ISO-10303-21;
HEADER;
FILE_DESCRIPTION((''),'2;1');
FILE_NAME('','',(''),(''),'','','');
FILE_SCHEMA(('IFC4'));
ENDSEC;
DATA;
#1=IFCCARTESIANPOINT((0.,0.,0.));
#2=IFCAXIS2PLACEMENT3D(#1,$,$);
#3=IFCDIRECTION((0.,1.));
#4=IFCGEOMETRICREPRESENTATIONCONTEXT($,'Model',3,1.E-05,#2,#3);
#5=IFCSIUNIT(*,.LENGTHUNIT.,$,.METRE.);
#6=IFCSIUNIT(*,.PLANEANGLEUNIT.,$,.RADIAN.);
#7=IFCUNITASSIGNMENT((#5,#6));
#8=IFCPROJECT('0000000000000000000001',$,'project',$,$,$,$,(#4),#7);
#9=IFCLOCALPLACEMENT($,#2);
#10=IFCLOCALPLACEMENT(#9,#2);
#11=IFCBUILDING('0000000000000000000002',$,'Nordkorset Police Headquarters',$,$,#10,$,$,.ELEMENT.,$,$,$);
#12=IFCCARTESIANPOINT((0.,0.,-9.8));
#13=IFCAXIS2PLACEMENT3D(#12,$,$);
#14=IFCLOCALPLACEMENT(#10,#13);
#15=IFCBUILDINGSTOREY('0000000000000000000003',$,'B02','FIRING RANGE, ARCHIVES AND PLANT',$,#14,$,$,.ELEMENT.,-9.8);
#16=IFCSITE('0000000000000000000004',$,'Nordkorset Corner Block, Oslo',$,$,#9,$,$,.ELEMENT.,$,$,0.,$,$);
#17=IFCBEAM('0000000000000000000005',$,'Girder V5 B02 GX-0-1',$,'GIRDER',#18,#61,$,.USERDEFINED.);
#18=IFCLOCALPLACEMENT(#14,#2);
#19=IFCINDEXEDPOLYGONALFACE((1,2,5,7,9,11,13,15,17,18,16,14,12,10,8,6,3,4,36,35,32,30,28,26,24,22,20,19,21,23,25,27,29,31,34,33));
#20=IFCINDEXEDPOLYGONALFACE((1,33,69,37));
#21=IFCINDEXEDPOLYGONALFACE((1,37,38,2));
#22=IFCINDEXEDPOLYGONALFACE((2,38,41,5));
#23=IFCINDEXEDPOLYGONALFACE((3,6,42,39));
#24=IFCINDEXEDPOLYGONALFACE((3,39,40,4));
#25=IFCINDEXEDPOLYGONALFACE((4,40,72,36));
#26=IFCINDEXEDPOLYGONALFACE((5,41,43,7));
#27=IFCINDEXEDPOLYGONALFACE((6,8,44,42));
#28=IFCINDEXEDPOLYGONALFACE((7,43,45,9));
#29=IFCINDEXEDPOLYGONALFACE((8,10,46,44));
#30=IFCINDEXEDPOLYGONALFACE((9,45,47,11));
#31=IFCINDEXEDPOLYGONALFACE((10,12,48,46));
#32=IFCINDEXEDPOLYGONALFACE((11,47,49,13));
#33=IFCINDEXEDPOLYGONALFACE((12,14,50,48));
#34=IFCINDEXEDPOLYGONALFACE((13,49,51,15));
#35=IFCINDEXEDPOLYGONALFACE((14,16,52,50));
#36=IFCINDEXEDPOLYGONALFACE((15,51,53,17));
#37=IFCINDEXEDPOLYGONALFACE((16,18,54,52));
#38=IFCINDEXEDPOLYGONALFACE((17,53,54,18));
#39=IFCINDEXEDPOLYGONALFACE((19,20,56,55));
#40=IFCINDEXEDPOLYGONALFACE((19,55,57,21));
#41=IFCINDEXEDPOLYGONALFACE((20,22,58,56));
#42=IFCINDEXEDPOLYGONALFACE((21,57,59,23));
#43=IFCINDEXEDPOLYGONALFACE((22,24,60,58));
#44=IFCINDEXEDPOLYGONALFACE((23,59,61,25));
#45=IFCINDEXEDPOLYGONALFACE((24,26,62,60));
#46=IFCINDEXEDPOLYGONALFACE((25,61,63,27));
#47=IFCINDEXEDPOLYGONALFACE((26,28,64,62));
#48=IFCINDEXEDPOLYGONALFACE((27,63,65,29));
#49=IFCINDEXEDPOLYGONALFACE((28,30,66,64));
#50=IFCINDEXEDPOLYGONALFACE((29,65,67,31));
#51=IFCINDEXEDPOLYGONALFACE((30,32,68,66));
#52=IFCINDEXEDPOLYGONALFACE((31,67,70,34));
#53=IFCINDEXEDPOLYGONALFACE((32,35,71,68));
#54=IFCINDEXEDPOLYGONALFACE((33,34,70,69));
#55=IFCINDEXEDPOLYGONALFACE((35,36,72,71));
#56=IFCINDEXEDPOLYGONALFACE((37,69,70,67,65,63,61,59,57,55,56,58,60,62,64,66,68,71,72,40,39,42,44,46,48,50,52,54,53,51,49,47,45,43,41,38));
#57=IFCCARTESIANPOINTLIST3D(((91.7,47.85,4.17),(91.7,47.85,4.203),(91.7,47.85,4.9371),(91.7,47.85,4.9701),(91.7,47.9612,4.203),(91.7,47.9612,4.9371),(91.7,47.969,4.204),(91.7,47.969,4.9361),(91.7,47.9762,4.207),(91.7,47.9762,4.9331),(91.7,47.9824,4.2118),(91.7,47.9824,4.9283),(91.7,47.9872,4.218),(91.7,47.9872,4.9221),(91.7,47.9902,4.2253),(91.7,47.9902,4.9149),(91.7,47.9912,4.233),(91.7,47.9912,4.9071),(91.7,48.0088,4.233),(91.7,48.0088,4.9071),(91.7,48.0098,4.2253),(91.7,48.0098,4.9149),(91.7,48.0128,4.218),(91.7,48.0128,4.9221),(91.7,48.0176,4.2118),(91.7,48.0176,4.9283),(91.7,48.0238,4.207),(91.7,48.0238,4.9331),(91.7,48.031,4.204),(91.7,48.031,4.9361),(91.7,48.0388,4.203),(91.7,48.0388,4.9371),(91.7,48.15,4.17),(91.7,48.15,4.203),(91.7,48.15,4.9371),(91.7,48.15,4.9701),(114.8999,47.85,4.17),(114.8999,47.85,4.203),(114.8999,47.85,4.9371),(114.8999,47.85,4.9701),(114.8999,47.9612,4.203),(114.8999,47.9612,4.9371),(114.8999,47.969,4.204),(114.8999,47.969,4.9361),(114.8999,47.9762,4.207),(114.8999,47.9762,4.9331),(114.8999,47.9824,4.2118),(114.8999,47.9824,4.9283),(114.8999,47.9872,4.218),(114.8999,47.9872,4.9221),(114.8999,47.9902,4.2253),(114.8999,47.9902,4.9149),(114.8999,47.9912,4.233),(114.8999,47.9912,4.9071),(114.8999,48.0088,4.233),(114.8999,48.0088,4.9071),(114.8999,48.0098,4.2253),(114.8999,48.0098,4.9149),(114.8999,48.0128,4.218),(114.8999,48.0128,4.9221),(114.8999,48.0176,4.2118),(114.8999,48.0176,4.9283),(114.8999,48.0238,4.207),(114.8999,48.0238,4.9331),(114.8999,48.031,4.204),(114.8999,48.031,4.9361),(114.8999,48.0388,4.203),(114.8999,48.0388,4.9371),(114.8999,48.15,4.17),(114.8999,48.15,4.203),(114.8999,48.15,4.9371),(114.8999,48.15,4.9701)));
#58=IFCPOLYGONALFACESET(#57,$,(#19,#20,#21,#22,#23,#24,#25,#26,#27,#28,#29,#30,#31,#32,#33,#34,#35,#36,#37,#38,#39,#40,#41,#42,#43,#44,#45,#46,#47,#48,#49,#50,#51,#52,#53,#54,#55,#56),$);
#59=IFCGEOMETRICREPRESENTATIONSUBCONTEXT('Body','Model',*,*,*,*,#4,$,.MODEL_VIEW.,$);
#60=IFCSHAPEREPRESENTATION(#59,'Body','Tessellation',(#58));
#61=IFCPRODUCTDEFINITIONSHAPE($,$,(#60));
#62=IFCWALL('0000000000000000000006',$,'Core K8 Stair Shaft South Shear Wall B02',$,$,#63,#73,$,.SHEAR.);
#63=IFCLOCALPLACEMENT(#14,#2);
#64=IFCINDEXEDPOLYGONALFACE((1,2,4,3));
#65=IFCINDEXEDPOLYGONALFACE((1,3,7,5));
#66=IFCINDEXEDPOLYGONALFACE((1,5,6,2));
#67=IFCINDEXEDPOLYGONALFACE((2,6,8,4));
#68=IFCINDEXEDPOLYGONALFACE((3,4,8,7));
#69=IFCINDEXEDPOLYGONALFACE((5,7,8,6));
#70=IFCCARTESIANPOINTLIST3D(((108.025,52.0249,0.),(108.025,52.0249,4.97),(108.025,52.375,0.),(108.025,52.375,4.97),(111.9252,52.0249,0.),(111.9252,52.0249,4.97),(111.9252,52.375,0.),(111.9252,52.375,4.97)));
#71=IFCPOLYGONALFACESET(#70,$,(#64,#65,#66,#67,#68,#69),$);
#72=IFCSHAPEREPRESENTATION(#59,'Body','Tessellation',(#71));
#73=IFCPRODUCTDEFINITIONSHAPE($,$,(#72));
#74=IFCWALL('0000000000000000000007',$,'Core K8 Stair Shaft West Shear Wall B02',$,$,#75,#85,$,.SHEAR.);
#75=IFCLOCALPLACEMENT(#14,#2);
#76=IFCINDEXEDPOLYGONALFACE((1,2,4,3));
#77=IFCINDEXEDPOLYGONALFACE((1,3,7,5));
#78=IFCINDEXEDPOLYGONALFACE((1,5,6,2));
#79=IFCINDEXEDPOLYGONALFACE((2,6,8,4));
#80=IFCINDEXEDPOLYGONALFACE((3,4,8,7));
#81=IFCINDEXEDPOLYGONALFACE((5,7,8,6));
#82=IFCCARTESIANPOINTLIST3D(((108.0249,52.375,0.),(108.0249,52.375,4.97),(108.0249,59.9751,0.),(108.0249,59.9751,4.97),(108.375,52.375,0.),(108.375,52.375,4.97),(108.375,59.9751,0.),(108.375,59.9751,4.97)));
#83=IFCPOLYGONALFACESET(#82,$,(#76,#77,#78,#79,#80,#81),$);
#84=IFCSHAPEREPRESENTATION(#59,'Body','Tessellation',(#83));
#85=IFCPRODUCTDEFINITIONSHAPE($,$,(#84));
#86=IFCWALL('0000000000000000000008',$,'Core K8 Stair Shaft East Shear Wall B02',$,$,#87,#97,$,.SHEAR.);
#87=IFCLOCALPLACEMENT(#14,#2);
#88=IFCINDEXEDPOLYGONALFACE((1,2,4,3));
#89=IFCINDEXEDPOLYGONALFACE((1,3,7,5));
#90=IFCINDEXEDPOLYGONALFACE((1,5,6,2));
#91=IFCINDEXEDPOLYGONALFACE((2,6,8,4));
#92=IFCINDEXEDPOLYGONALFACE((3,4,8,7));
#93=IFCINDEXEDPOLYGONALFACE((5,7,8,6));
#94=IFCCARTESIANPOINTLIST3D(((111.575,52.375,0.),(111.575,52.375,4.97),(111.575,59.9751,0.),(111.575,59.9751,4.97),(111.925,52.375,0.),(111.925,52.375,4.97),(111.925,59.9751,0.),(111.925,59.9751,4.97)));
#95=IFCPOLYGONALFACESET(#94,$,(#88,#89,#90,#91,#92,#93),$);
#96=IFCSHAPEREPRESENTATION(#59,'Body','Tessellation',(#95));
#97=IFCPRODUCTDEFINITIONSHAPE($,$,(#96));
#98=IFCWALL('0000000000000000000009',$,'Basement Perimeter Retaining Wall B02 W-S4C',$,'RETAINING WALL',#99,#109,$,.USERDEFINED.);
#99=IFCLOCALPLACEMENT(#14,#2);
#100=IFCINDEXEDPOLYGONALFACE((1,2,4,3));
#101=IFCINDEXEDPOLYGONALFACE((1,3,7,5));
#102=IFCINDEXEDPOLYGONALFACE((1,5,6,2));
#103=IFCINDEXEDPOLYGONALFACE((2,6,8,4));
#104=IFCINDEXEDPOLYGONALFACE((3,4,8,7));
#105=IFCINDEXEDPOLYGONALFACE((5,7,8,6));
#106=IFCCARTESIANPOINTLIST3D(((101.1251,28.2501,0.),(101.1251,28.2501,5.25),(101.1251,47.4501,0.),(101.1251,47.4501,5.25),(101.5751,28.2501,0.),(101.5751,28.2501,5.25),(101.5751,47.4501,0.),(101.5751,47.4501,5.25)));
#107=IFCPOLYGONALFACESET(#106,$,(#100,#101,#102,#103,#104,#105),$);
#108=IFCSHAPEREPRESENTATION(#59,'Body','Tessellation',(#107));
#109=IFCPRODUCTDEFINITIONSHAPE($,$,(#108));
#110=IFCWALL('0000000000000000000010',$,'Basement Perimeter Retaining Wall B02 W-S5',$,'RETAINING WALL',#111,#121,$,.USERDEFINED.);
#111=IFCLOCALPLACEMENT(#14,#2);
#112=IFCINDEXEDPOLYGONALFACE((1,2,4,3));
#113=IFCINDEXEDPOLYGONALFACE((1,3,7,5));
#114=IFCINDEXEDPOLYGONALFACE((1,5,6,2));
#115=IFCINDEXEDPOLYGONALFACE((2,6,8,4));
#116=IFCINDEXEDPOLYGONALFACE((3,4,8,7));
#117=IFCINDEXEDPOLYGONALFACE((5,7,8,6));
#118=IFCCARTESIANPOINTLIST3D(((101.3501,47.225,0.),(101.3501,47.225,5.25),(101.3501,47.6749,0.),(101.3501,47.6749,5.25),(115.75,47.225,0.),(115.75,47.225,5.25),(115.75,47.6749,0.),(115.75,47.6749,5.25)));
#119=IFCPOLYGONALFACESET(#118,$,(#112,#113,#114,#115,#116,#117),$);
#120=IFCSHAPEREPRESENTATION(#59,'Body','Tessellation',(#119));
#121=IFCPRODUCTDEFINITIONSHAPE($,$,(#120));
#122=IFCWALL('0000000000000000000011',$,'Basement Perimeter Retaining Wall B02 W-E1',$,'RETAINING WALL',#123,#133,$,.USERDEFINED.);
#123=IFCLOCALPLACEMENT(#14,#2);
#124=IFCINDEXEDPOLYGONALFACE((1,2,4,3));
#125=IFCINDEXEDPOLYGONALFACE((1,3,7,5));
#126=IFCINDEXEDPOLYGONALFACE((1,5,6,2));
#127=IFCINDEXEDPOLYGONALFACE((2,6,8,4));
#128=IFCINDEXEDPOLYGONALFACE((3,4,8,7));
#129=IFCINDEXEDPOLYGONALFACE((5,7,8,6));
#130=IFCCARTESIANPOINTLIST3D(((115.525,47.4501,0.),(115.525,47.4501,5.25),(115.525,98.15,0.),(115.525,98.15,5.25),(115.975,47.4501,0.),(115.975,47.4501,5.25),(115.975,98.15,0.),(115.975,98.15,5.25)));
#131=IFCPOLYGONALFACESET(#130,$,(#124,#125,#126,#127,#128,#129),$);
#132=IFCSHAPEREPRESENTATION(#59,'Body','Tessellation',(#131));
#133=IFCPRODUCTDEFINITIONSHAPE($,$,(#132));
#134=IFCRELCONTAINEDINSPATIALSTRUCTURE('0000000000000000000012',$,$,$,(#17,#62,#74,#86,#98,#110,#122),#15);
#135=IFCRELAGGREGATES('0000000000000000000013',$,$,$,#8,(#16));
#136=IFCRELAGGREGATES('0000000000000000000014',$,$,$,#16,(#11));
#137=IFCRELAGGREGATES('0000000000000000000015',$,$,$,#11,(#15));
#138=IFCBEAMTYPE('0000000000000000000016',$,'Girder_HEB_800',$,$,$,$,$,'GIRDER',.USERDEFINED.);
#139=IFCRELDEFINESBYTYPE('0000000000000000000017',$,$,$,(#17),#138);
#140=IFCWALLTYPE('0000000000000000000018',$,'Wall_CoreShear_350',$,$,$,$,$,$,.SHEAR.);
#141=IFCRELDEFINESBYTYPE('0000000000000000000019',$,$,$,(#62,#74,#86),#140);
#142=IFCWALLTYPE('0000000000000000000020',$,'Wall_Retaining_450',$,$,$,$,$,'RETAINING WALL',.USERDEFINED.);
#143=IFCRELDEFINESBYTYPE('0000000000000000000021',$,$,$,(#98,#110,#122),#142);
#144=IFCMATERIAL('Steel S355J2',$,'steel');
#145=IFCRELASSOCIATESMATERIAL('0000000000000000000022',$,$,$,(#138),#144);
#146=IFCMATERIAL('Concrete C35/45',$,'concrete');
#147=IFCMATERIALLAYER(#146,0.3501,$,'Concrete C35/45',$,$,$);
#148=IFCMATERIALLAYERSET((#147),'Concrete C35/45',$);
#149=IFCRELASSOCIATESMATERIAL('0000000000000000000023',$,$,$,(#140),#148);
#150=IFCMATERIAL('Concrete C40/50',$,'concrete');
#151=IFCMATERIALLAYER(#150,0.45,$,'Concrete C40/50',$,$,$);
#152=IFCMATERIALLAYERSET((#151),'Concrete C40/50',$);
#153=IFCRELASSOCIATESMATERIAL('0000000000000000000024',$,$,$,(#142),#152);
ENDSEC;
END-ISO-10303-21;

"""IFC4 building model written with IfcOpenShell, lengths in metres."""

from ifc_helpers import new_model, si_unit, direction, frame, frame_2d, origin, origin_2d, place, context, subcontext, project, spatial, rectangle, i_section, extrude, material, layer, layer_set, material_profile, profile_set, type_object, element, save


model = new_model("IFC4")

# Units and contexts
model_context = context("Model", 3, precision=1e-05, world=origin(), true_north=direction((0.0, 1.0)))
body_context = subcontext(model_context, "Body", "Model", "MODEL_VIEW")
ifc_project = project(units=[si_unit("LENGTHUNIT", "METRE"), si_unit("PLANEANGLEUNIT", "RADIAN")], contexts=[model_context])

# Site, building, storey
site_placement = place(None, origin())
site = spatial("IfcSite", under=ifc_project, at=site_placement, Name="Nordkorset Corner Block, Oslo", CompositionType="ELEMENT", RefElevation=0.0)
building_placement = place(site_placement, origin())
building = spatial("IfcBuilding", under=site, at=building_placement, Name="Nordkorset Police Headquarters", CompositionType="ELEMENT")
storey_placement = place(building_placement, frame((0.0, 0.0, -9.8)))
storey = spatial("IfcBuildingStorey", under=building, at=storey_placement, Name="B02", Description="FIRING RANGE, ARCHIVES AND PLANT", CompositionType="ELEMENT", Elevation=-9.8)

# Beam
ifc_material_1 = material(Name="Steel S355J2", Category="steel")
ifc_material_profile_1 = material_profile(ifc_material_1, i_section(OverallWidth=0.3, OverallDepth=0.8, WebThickness=0.0176, FlangeThickness=0.033, FilletRadius=0.03, at=origin_2d()), Name="HEB 800")
ifc_profile_set_1 = profile_set([ifc_material_profile_1], Name="Steel S355J2")
beam_type_1 = type_object("IfcBeamType", Name="Girder_HEB_800", ElementType="GIRDER", PredefinedType="USERDEFINED", material=ifc_profile_set_1)
beam_1_placement = place(storey_placement, frame((91.7, 48.0, 4.5701), z_axis=(1.0, 0.0, 0.0), x_axis=(0.0, 1.0, 0.0)))
element("IfcBeam", 1, at=beam_1_placement, inside=storey, type_object=beam_type_1, Name="Girder V5 B02 GX-0-1", ObjectType="GIRDER", PredefinedType="USERDEFINED", context=body_context, shape_type="SweptSolid", body=[
    extrude(i_section(OverallWidth=0.3, OverallDepth=0.8, WebThickness=0.0176, FlangeThickness=0.033, FilletRadius=0.03, at=origin_2d()), origin(), (0.0, 0.0, 1.0), 23.2),
])

# Walls
ifc_material_2 = material(Name="Concrete C35/45", Category="concrete")
ifc_layer_1 = layer(ifc_material_2, 0.3501, Name="Concrete C35/45")
ifc_layer_set_1 = layer_set([ifc_layer_1], Name="Concrete C35/45")
wall_type_1 = type_object("IfcWallType", Name="Wall_CoreShear_350", PredefinedType="SHEAR", material=ifc_layer_set_1)
wall_1_placement = place(storey_placement, frame((108.0249, 52.2, 0.0), z_axis=(0.0, 0.0, 1.0), x_axis=(1.0, 0.0, 0.0)))
element("IfcWall", 2, at=wall_1_placement, inside=storey, type_object=wall_type_1, Name="Core K8 Stair Shaft South Shear Wall B02", PredefinedType="SHEAR", context=body_context, shape_type="SweptSolid", body=[
    extrude(rectangle(XDim=3.9001, YDim=0.3501, at=frame_2d((1.9502, 0.0))), origin(), (0.0, 0.0, 1.0), 4.97),
])
for number, where, z_axis, x_axis, name in (
    (3, (108.2, 52.375, 0.0), (0.0, 0.0, 1.0), (0.0, 1.0, 0.0), "Core K8 Stair Shaft West Shear Wall B02"),
    (4, (111.75, 52.375, 0.0), (0.0, 0.0, 1.0), (0.0, 1.0, 0.0), "Core K8 Stair Shaft East Shear Wall B02"),
):
    element("IfcWall", number, at=place(storey_placement, frame(where, z_axis=z_axis, x_axis=x_axis)), inside=storey, type_object=wall_type_1, Name=name, PredefinedType="SHEAR", context=body_context, shape_type="SweptSolid", body=[
        extrude(rectangle(XDim=7.6001, YDim=0.3501, at=frame_2d((3.8, 0.0))), origin(), (0.0, 0.0, 1.0), 4.97),
    ])
ifc_material_3 = material(Name="Concrete C40/50", Category="concrete")
ifc_layer_2 = layer(ifc_material_3, 0.45, Name="Concrete C40/50")
ifc_layer_set_2 = layer_set([ifc_layer_2], Name="Concrete C40/50")
wall_type_2 = type_object("IfcWallType", Name="Wall_Retaining_450", ElementType="RETAINING WALL", PredefinedType="USERDEFINED", material=ifc_layer_set_2)
wall_2_placement = place(storey_placement, frame((101.3501, 28.25, 0.0), z_axis=(0.0, 0.0, 1.0), x_axis=(0.0, 1.0, 0.0)))
element("IfcWall", 5, at=wall_2_placement, inside=storey, type_object=wall_type_2, Name="Basement Perimeter Retaining Wall B02 W-S4C", ObjectType="RETAINING WALL", PredefinedType="USERDEFINED", context=body_context, shape_type="SweptSolid", body=[
    extrude(rectangle(XDim=19.2, YDim=0.45, at=frame_2d((9.6001, 0.0))), origin(), (0.0, 0.0, 1.0), 5.25),
])
wall_3_placement = place(storey_placement, frame((101.3501, 47.45, 0.0), z_axis=(0.0, 0.0, 1.0), x_axis=(1.0, 0.0, 0.0)))
element("IfcWall", 6, at=wall_3_placement, inside=storey, type_object=wall_type_2, Name="Basement Perimeter Retaining Wall B02 W-S5", ObjectType="RETAINING WALL", PredefinedType="USERDEFINED", context=body_context, shape_type="SweptSolid", body=[
    extrude(rectangle(XDim=14.3999, YDim=0.45, at=frame_2d((7.2, 0.0))), origin(), (0.0, 0.0, 1.0), 5.25),
])
wall_4_placement = place(storey_placement, frame((115.75, 47.45, 0.0), z_axis=(0.0, 0.0, 1.0), x_axis=(0.0, 1.0, 0.0)))
element("IfcWall", 7, at=wall_4_placement, inside=storey, type_object=wall_type_2, Name="Basement Perimeter Retaining Wall B02 W-E1", ObjectType="RETAINING WALL", PredefinedType="USERDEFINED", context=body_context, shape_type="SweptSolid", body=[
    extrude(rectangle(XDim=50.7, YDim=0.45, at=frame_2d((25.3501, 0.0))), origin(), (0.0, 0.0, 1.0), 5.25),
])

save(model, "model.ifc")
